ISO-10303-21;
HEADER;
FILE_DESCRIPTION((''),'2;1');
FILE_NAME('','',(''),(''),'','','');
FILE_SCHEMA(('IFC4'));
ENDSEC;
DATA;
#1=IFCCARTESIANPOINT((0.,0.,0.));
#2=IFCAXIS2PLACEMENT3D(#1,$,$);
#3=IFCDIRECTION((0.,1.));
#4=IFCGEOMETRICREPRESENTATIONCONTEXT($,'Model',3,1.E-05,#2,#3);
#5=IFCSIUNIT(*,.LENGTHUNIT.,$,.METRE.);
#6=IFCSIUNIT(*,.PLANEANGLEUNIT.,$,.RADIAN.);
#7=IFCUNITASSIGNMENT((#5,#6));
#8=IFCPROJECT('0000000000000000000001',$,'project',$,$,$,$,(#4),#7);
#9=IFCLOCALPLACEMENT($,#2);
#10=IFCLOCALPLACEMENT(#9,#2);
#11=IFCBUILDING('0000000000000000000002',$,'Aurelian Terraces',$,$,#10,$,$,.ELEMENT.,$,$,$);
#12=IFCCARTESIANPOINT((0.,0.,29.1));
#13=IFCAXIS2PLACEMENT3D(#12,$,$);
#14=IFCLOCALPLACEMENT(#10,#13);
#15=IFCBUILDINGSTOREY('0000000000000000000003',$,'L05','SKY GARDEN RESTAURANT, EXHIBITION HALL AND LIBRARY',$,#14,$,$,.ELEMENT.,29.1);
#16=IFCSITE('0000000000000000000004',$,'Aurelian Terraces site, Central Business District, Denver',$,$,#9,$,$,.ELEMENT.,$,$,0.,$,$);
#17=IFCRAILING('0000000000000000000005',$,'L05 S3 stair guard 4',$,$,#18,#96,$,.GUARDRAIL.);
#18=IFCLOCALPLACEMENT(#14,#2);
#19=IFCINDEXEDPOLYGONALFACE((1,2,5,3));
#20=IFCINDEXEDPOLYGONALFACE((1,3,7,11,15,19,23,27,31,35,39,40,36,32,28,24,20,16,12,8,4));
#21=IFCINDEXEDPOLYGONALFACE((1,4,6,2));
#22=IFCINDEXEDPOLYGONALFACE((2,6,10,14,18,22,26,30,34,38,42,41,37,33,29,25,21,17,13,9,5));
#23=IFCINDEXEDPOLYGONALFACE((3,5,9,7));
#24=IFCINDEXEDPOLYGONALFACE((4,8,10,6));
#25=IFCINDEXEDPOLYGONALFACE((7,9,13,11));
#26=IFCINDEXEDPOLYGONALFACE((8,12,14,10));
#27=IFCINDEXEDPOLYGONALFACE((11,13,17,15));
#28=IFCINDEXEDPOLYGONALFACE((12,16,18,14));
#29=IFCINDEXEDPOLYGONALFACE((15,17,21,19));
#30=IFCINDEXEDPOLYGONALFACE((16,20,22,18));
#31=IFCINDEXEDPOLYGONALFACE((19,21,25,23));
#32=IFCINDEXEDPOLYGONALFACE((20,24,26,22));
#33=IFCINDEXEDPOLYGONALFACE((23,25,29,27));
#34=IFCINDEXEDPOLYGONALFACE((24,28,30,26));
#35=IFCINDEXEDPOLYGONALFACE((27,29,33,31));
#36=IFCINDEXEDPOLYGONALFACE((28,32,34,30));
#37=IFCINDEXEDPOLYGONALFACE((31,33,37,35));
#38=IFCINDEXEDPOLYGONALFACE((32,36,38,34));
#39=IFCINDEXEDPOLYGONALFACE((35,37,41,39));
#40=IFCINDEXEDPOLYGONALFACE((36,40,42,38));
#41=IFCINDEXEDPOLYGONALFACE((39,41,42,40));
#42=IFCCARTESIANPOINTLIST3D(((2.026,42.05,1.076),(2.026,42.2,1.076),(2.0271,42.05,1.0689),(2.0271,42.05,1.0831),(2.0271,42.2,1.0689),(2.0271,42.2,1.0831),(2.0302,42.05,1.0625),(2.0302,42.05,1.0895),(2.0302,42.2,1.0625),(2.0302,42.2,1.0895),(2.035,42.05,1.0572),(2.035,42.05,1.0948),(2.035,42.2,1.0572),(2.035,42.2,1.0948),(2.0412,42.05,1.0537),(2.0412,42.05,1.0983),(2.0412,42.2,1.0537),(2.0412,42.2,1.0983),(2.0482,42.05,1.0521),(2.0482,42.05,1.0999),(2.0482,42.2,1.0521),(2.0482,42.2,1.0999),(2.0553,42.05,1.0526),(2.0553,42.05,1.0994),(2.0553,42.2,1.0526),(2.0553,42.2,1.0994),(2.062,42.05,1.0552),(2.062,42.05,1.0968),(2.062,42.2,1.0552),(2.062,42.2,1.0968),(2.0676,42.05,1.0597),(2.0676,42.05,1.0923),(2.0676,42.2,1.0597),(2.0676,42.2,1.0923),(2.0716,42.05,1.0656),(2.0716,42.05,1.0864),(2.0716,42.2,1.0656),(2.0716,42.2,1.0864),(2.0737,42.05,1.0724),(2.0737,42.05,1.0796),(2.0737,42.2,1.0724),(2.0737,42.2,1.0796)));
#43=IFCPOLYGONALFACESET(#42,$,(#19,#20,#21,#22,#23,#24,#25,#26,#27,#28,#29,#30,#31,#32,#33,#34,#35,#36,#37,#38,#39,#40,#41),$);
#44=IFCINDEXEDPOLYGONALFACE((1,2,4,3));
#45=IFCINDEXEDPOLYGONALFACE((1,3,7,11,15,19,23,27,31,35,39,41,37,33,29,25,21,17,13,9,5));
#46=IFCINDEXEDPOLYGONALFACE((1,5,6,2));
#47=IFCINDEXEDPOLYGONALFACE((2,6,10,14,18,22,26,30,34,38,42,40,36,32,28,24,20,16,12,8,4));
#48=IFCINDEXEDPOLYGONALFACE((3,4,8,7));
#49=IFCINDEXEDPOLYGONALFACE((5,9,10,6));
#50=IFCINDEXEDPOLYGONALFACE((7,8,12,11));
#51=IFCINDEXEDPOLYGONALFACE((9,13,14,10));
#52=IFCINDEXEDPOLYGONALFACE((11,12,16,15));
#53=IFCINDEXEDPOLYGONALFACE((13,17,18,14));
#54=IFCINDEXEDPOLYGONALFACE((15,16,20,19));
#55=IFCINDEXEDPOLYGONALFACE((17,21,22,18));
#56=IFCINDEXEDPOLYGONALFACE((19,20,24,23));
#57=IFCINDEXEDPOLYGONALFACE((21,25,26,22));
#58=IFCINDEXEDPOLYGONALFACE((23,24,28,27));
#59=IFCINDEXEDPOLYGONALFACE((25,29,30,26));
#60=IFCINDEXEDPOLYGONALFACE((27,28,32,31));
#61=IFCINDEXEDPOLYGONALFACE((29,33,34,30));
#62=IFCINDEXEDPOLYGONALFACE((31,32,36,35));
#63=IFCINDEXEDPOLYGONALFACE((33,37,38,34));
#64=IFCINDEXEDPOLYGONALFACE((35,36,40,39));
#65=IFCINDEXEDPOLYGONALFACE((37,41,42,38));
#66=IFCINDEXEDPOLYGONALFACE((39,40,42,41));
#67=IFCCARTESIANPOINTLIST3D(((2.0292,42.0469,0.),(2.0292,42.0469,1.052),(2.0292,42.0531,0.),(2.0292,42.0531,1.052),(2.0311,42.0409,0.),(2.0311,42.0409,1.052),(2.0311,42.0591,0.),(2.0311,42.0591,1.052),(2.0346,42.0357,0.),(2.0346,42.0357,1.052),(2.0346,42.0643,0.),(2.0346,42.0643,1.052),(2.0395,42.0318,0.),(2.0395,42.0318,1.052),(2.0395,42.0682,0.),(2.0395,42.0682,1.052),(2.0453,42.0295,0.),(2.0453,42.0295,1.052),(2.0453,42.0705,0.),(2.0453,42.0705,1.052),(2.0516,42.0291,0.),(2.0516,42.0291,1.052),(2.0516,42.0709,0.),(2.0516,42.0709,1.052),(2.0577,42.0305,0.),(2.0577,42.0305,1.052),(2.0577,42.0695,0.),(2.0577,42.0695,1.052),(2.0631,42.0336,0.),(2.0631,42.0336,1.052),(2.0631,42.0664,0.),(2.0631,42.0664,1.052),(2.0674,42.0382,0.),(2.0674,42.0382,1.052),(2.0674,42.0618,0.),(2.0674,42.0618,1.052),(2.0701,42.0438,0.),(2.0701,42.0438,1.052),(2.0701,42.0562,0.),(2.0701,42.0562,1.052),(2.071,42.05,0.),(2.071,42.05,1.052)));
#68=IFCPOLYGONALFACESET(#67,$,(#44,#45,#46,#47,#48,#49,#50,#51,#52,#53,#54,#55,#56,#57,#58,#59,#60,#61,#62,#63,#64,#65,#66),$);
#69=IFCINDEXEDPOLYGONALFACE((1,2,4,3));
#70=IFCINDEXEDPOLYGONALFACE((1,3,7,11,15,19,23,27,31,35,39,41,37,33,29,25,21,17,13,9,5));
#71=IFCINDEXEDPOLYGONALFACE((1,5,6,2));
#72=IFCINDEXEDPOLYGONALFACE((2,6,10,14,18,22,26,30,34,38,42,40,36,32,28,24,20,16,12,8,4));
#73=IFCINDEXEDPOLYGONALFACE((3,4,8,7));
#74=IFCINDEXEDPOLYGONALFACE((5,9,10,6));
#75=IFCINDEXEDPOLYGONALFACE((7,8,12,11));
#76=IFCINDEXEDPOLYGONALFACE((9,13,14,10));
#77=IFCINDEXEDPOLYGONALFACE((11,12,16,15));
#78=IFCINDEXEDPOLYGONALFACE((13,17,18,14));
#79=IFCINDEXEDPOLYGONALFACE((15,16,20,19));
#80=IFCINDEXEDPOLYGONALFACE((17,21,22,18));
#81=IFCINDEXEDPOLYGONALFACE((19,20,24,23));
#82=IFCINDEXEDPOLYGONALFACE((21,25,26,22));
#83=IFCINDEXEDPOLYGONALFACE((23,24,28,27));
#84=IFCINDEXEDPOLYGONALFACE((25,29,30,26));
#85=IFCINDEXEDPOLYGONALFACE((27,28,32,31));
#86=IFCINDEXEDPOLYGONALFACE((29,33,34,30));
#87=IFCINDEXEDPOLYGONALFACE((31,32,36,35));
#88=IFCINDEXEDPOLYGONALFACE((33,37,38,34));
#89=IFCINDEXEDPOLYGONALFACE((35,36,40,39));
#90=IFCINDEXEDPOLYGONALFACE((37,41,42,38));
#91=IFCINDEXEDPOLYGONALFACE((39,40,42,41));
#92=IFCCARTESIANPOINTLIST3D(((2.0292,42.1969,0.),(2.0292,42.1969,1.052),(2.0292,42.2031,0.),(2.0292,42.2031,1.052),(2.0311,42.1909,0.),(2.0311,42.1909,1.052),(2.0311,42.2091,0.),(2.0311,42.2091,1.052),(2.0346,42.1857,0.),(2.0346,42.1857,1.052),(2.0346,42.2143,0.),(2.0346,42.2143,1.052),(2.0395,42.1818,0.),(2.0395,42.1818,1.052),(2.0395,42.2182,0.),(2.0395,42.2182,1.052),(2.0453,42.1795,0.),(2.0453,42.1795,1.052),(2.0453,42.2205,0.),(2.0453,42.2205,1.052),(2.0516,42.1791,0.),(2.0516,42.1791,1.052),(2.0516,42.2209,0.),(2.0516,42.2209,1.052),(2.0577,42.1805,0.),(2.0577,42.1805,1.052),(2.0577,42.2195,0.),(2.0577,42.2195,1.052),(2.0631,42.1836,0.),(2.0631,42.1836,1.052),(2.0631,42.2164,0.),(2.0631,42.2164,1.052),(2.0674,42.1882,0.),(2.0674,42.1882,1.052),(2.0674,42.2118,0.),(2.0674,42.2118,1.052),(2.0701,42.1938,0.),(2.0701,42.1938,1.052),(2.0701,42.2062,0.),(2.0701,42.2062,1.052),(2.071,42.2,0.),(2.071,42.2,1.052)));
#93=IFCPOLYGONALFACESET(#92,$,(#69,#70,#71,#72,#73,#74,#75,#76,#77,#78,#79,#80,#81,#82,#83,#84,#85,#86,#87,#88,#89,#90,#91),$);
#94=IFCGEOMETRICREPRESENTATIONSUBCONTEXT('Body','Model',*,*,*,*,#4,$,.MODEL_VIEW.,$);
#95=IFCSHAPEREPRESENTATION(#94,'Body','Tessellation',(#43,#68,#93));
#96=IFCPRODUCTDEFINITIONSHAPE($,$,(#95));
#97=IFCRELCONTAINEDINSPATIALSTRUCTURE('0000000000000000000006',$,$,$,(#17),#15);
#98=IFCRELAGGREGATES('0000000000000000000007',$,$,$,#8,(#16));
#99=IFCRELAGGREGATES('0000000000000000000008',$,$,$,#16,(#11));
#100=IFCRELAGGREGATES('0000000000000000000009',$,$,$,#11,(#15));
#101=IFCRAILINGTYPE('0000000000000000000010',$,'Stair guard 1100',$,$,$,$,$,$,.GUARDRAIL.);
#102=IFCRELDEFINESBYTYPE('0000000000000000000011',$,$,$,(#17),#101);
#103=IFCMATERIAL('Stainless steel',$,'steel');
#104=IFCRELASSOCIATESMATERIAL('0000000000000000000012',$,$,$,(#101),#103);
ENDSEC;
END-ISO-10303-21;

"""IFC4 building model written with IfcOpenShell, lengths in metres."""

from ifc_helpers import new_model, si_unit, direction, frame, origin, origin_2d, place, context, subcontext, project, spatial, circle, extrude, source, transform, mapped, material, type_object, element, save


model = new_model("IFC4")

# Units and contexts
model_context = context("Model", 3, precision=1e-05, world=origin(), true_north=direction((0.0, 1.0)))
body_context = subcontext(model_context, "Body", "Model", "MODEL_VIEW")
ifc_project = project(units=[si_unit("LENGTHUNIT", "METRE"), si_unit("PLANEANGLEUNIT", "RADIAN")], contexts=[model_context])

# Site, building, storey
site_placement = place(None, origin())
site = spatial("IfcSite", under=ifc_project, at=site_placement, Name="Aurelian Terraces site, Central Business District, Denver", CompositionType="ELEMENT", RefElevation=0.0)
building_placement = place(site_placement, origin())
building = spatial("IfcBuilding", under=site, at=building_placement, Name="Aurelian Terraces", CompositionType="ELEMENT")
storey_placement = place(building_placement, frame((0.0, 0.0, 29.1)))
storey = spatial("IfcBuildingStorey", under=building, at=storey_placement, Name="L05", Description="SKY GARDEN RESTAURANT, EXHIBITION HALL AND LIBRARY", CompositionType="ELEMENT", Elevation=29.1)

# Railing
ifc_material_1 = material(Name="Stainless steel", Category="steel")
railing_type_1 = type_object("IfcRailingType", Name="Stair guard 1100", PredefinedType="GUARDRAIL", material=ifc_material_1)
shared_shape_1 = source(origin(), body_context, "Body", "SweptSolid", [
    extrude(circle(Radius=0.024, at=origin_2d()), frame((0.0, 0.0, 1.076), z_axis=(0.0, 1.0, 0.0), x_axis=(-1.0, 0.0, 0.0)), (0.0, 0.0, 1.0), 0.15),
    extrude(circle(Radius=0.021, at=origin_2d()), origin(), (0.0, 0.0, 1.0), 1.052),
    extrude(circle(Radius=0.021, at=origin_2d()), frame((0.0, 0.15, 0.0)), (0.0, 0.0, 1.0), 1.052),
])
for number, where, name in (
    (1, (2.05, 42.05, 0.0), "L05 S3 stair guard 4"),
):
    element("IfcRailing", number, at=place(storey_placement, frame(where)), inside=storey, type_object=railing_type_1, Name=name, PredefinedType="GUARDRAIL", context=body_context, shape_type="MappedRepresentation", body=[
        mapped(shared_shape_1, transform((0.0, 0.0, 0.0), scale=1.0)),
    ])

save(model, "model.ifc")
